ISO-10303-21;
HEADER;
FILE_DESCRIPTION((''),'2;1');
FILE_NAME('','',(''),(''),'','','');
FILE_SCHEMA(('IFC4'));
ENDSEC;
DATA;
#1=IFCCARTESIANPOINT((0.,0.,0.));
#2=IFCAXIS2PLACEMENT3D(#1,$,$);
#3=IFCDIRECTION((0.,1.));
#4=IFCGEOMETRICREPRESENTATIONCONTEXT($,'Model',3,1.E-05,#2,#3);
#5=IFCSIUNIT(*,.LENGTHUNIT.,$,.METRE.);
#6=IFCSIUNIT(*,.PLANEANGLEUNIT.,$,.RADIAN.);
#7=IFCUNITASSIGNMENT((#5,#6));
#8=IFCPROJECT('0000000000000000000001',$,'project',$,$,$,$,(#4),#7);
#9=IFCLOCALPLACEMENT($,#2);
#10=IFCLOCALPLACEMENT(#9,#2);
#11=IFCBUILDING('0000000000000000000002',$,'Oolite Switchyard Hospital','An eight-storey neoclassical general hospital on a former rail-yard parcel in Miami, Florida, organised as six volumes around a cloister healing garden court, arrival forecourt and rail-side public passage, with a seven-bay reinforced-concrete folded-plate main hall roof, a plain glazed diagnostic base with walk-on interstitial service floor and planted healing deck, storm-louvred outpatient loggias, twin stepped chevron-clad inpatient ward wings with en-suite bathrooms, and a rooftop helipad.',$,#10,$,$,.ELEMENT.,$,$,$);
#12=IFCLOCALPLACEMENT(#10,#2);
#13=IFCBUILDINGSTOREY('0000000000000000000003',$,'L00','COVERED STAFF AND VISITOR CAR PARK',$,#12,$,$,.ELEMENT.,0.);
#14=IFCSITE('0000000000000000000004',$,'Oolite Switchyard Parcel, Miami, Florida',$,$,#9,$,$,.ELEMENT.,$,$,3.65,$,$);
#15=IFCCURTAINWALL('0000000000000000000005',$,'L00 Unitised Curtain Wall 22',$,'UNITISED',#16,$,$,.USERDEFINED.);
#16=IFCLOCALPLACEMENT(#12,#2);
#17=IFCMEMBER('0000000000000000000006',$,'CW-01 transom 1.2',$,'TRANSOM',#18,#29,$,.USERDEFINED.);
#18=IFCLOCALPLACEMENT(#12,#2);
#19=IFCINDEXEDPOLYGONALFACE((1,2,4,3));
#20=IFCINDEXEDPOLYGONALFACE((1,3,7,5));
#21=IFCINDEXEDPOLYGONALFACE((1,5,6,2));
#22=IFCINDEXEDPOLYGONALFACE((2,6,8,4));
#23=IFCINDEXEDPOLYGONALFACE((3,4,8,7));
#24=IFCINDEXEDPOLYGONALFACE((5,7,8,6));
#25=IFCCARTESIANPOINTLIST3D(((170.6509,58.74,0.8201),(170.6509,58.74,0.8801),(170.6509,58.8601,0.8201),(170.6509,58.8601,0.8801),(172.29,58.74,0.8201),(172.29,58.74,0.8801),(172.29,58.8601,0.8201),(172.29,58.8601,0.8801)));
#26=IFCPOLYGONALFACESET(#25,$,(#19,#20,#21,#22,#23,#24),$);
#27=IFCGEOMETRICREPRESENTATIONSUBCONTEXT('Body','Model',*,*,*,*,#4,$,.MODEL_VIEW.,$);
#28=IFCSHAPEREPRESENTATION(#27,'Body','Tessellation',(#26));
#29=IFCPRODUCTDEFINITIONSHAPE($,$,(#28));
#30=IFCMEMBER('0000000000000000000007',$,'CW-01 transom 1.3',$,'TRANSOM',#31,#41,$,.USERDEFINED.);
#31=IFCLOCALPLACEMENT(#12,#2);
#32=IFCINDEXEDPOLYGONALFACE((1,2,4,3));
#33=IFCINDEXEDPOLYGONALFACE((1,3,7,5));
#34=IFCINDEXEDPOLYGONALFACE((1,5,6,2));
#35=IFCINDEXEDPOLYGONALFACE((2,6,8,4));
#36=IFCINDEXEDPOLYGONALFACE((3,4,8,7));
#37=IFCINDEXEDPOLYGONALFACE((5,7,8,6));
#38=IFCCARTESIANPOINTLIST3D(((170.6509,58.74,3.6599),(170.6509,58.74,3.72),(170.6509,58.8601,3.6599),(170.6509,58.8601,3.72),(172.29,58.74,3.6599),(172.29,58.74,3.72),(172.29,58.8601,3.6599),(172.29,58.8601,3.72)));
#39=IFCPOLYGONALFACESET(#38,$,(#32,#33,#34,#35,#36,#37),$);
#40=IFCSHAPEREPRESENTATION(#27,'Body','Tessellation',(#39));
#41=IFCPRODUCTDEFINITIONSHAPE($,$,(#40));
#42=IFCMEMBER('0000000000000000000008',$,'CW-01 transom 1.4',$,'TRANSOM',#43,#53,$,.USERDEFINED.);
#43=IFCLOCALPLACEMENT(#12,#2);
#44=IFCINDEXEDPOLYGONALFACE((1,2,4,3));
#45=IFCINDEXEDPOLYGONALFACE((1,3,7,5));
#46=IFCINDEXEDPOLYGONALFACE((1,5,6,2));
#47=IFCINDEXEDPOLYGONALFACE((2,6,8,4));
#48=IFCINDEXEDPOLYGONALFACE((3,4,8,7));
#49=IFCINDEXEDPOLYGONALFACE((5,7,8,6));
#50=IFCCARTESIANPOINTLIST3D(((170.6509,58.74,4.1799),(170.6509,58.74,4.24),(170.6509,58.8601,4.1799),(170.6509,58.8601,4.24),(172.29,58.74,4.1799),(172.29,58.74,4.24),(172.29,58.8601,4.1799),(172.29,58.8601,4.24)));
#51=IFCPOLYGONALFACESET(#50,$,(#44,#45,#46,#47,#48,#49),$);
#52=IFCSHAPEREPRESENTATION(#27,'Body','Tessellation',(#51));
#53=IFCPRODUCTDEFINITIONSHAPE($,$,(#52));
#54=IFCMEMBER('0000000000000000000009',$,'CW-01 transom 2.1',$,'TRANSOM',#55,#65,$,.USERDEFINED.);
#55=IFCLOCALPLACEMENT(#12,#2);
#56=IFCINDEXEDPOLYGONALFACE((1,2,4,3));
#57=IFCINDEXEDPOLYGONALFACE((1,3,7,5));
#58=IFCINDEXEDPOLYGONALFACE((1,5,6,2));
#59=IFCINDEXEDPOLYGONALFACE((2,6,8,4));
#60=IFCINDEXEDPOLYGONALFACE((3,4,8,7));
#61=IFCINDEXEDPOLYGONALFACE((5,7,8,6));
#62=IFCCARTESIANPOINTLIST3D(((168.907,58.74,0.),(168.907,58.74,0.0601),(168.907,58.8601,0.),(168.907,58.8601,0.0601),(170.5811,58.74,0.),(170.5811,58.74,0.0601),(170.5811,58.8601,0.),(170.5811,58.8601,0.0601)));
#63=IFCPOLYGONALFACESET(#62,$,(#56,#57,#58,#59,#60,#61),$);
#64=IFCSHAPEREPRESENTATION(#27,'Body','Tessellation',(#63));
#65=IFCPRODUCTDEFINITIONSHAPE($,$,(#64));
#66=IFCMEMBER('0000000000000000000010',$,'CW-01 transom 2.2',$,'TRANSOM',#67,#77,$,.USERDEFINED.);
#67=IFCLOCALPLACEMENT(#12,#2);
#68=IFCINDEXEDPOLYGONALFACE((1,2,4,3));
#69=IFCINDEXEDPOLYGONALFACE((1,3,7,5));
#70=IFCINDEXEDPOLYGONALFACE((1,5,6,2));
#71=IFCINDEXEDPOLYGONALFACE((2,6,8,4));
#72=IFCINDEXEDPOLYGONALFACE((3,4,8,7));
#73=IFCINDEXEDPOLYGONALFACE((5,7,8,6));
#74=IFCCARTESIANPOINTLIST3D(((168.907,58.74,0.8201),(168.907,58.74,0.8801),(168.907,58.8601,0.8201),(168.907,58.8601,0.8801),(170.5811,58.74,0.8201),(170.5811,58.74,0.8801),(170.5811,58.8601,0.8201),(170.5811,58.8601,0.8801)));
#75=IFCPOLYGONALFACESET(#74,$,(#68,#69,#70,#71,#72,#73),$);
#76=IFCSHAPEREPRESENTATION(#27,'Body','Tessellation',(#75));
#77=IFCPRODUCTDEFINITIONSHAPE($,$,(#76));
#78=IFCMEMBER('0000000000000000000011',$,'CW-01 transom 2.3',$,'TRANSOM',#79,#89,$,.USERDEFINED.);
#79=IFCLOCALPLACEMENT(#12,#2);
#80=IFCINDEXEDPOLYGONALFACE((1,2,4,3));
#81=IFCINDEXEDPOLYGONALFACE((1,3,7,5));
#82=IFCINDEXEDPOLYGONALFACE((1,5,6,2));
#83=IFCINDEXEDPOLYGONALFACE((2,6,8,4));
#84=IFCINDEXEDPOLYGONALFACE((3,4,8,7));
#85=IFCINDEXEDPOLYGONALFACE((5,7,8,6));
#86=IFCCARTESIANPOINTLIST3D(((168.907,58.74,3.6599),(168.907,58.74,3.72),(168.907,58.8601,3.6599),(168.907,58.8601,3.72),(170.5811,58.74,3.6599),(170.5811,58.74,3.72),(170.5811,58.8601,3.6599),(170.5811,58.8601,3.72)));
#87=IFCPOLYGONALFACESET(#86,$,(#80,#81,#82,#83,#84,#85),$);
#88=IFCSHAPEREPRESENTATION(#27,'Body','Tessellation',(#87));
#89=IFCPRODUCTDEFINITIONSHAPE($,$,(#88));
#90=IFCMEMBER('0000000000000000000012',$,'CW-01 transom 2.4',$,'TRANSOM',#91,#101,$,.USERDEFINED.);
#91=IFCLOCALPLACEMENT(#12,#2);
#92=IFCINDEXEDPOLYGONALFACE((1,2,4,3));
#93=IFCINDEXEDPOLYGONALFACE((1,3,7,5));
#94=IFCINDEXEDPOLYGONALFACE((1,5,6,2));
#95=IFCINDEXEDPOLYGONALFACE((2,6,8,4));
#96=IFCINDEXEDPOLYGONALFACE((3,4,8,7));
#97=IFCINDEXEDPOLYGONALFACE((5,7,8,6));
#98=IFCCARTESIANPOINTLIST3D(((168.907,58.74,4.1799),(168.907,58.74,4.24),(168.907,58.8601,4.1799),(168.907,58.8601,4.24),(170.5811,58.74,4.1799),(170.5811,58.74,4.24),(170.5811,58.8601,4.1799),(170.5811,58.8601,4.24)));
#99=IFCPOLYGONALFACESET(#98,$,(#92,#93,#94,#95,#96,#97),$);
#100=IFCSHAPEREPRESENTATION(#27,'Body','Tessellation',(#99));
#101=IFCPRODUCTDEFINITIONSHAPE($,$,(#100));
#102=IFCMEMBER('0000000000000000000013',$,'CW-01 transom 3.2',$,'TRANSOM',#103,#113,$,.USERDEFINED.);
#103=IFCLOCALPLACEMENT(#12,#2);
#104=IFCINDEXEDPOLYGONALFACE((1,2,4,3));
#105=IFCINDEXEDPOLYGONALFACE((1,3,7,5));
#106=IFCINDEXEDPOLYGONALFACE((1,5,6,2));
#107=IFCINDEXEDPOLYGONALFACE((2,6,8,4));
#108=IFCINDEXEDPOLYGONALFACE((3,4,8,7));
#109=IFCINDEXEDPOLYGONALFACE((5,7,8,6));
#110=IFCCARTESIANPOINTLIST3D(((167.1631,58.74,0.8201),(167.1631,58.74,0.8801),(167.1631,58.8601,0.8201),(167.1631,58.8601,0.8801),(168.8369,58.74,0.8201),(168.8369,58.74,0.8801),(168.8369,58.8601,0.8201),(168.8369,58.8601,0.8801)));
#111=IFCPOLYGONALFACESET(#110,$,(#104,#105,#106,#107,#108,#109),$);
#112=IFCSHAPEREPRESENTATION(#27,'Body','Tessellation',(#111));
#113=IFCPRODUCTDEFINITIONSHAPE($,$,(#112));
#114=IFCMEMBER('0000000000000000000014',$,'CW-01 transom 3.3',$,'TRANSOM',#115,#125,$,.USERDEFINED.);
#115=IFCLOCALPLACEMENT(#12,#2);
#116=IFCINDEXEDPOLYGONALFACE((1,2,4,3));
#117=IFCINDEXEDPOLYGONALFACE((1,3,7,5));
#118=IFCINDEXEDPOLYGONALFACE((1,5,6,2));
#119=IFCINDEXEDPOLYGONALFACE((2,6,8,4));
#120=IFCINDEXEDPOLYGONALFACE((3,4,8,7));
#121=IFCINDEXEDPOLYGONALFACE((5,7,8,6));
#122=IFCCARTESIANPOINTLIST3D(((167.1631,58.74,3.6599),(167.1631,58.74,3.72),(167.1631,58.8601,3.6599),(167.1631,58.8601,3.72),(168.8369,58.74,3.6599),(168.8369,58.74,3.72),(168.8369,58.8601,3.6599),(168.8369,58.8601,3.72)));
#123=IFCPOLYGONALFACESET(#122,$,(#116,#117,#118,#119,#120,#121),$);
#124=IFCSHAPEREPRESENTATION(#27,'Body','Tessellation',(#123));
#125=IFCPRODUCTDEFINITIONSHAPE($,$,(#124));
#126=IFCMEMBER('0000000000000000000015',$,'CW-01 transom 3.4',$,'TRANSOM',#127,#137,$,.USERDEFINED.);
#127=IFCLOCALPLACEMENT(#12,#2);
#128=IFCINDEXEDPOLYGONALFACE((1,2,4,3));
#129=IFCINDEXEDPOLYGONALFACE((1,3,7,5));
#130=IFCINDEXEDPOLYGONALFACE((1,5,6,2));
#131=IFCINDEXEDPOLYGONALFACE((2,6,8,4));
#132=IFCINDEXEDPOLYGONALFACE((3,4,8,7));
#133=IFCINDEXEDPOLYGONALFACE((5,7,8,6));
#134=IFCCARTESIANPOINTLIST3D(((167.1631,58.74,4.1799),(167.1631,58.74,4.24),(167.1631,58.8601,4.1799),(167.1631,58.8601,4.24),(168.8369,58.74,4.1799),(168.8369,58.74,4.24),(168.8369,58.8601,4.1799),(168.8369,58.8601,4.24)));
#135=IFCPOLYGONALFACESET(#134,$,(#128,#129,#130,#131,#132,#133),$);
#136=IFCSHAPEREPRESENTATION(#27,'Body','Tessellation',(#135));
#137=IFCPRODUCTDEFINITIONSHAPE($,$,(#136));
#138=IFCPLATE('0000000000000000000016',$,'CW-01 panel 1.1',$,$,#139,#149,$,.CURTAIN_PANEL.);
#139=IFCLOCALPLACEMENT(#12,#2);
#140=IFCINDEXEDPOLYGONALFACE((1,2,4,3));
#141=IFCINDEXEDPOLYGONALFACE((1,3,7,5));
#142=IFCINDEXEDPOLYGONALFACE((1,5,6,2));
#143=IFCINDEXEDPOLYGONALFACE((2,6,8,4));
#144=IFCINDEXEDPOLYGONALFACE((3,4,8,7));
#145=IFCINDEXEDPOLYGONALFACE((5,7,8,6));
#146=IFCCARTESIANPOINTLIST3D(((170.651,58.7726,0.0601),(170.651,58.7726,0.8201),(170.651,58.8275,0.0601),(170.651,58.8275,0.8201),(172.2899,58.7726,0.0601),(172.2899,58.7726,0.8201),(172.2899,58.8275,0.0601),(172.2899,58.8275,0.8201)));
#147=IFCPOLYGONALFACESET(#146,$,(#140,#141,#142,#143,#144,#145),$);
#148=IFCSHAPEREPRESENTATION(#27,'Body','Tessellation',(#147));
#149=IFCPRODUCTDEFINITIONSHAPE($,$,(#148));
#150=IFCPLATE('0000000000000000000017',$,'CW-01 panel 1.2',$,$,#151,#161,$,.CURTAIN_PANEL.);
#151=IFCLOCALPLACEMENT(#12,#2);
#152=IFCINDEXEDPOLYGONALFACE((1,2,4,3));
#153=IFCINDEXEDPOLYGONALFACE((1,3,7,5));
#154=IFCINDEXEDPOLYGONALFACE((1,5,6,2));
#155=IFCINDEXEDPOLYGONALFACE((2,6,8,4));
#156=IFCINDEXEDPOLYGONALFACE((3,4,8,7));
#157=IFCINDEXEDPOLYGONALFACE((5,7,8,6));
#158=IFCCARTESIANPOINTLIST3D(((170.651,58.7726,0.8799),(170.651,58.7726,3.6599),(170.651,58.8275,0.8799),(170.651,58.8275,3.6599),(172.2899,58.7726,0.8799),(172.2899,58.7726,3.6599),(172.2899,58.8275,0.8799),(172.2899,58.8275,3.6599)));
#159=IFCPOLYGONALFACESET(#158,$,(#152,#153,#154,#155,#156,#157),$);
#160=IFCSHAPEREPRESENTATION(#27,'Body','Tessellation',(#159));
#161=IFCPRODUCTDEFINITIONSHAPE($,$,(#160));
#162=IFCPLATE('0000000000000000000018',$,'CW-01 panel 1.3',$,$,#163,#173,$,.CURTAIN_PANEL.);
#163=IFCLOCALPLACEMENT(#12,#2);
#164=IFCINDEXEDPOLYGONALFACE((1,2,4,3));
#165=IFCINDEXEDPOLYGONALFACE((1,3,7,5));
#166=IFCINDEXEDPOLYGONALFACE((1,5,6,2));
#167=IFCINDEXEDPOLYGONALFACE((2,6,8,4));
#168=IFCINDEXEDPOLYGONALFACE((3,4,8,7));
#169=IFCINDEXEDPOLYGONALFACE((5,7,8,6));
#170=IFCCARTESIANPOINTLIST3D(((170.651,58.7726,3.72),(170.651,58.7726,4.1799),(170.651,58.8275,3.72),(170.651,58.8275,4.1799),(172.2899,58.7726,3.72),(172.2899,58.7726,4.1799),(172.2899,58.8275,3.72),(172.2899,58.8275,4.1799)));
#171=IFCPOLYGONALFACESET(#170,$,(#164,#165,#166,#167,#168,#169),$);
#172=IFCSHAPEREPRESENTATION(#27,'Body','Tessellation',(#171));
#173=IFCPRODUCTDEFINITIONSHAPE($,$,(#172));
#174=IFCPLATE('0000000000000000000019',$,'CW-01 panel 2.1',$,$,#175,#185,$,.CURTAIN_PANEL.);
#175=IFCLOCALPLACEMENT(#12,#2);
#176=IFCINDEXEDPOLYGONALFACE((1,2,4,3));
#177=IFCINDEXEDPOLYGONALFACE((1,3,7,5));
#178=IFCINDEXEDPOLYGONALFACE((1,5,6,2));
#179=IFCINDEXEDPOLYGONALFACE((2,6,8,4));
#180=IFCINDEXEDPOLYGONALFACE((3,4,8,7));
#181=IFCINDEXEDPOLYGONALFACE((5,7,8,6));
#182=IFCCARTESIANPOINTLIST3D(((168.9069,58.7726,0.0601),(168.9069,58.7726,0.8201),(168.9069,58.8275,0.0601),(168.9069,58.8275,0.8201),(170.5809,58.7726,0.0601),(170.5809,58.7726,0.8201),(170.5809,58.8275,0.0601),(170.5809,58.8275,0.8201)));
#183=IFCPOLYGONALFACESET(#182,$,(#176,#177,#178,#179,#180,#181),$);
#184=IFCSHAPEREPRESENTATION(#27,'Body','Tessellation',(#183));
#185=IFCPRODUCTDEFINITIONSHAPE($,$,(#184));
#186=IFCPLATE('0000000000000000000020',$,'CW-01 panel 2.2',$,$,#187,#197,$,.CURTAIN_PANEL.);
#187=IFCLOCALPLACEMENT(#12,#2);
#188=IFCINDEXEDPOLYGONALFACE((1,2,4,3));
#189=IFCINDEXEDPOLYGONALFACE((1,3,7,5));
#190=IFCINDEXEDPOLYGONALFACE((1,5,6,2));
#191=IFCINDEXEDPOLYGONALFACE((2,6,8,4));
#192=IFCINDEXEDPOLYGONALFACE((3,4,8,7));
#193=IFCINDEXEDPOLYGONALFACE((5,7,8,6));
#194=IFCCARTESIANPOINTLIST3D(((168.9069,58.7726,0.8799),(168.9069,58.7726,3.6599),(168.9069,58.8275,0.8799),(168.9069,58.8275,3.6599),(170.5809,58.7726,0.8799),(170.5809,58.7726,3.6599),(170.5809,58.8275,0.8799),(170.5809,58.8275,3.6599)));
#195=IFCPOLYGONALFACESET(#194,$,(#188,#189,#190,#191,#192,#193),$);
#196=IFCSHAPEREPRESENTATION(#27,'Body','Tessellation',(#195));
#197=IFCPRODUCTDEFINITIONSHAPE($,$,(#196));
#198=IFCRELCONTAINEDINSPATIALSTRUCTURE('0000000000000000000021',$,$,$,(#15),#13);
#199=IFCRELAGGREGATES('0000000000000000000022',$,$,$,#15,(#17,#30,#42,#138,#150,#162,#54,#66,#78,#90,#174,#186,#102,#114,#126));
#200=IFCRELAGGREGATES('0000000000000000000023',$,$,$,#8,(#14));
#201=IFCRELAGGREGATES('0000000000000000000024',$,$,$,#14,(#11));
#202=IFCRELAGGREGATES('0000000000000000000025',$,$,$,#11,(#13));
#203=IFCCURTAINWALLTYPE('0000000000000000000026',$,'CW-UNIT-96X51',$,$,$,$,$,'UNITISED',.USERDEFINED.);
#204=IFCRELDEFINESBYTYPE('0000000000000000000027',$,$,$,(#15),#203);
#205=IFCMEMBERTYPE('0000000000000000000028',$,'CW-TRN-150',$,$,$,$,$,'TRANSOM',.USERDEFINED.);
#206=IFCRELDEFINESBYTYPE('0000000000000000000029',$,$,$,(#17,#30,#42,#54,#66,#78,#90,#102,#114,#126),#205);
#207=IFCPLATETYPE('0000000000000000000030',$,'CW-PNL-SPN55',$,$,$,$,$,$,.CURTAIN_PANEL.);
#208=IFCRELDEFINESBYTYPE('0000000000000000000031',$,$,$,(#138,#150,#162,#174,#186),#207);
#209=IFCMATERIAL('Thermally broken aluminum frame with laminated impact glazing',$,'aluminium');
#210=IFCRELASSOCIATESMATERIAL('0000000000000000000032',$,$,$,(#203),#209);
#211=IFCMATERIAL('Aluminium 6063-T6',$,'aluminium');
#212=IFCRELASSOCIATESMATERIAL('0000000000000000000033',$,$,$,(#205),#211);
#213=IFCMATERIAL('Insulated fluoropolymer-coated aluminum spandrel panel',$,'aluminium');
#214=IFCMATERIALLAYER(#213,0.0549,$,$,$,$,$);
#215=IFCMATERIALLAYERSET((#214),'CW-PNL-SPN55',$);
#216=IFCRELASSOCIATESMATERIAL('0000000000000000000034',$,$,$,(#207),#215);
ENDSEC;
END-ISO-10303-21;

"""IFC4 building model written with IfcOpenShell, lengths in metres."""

from ifc_helpers import new_model, si_unit, direction, frame, origin, origin_2d, place, context, subcontext, project, spatial, rectangle, extrude, material, layer, layer_set, material_profile, profile_set, type_object, element, aggregate, save


model = new_model("IFC4")

# Units and contexts
model_context = context("Model", 3, precision=1e-05, world=origin(), true_north=direction((0.0, 1.0)))
body_context = subcontext(model_context, "Body", "Model", "MODEL_VIEW")
ifc_project = project(units=[si_unit("LENGTHUNIT", "METRE"), si_unit("PLANEANGLEUNIT", "RADIAN")], contexts=[model_context])

# Site, building, storey
site_placement = place(None, origin())
site = spatial("IfcSite", under=ifc_project, at=site_placement, Name="Oolite Switchyard Parcel, Miami, Florida", CompositionType="ELEMENT", RefElevation=3.65)
building_placement = place(site_placement, origin())
building = spatial("IfcBuilding", under=site, at=building_placement, Name="Oolite Switchyard Hospital", Description="An eight-storey neoclassical general hospital on a former rail-yard parcel in Miami, Florida, organised as six volumes around a cloister healing garden court, arrival forecourt and rail-side public passage, with a seven-bay reinforced-concrete folded-plate main hall roof, a plain glazed diagnostic base with walk-on interstitial service floor and planted healing deck, storm-louvred outpatient loggias, twin stepped chevron-clad inpatient ward wings with en-suite bathrooms, and a rooftop helipad.", CompositionType="ELEMENT")
storey_placement = place(building_placement, origin())
storey = spatial("IfcBuildingStorey", under=building, at=storey_placement, Name="L00", Description="COVERED STAFF AND VISITOR CAR PARK", CompositionType="ELEMENT", Elevation=0.0)

# Curtain wall, members, plates
ifc_material_1 = material(Name="Thermally broken aluminum frame with laminated impact glazing", Category="aluminium")
curtain_wall_type = type_object("IfcCurtainWallType", Name="CW-UNIT-96X51", ElementType="UNITISED", PredefinedType="USERDEFINED", material=ifc_material_1)
curtain_wall_placement = place(storey_placement, origin())
curtain_wall = element("IfcCurtainWall", 1, at=curtain_wall_placement, inside=storey, type_object=curtain_wall_type, Name="L00 Unitised Curtain Wall 22", ObjectType="UNITISED", PredefinedType="USERDEFINED")
ifc_material_2 = material(Name="Aluminium 6063-T6", Category="aluminium")
ifc_material_profile_1 = material_profile(ifc_material_2, rectangle(XDim=0.1201, YDim=0.0601, at=origin_2d()), Name="CWT60X120")
ifc_profile_set_1 = profile_set([ifc_material_profile_1], Name="Aluminium 6063-T6")
member_type_1 = type_object("IfcMemberType", Name="CW-TRN-150", ElementType="TRANSOM", PredefinedType="USERDEFINED", material=ifc_profile_set_1)
member_1_placement = place(storey_placement, frame((172.29, 58.8, 0.8501), z_axis=(-1.0, 0.0, 0.0), x_axis=(0.0, -1.0, 0.0)))
member_1 = element("IfcMember", 2, at=member_1_placement, type_object=member_type_1, Name="CW-01 transom 1.2", ObjectType="TRANSOM", PredefinedType="USERDEFINED", context=body_context, shape_type="SweptSolid", body=[
    extrude(rectangle(XDim=0.1201, YDim=0.0601, at=origin_2d()), origin(), (0.0, 0.0, 1.0), 1.6392),
])
member_2_placement = place(storey_placement, frame((172.29, 58.8, 3.6899), z_axis=(-1.0, 0.0, 0.0), x_axis=(0.0, -1.0, 0.0)))
member_2 = element("IfcMember", 3, at=member_2_placement, type_object=member_type_1, Name="CW-01 transom 1.3", ObjectType="TRANSOM", PredefinedType="USERDEFINED", context=body_context, shape_type="SweptSolid", body=[
    extrude(rectangle(XDim=0.1201, YDim=0.0601, at=origin_2d()), origin(), (0.0, 0.0, 1.0), 1.6392),
])
member_3_placement = place(storey_placement, frame((172.29, 58.8, 4.21), z_axis=(-1.0, 0.0, 0.0), x_axis=(0.0, -1.0, 0.0)))
member_3 = element("IfcMember", 4, at=member_3_placement, type_object=member_type_1, Name="CW-01 transom 1.4", ObjectType="TRANSOM", PredefinedType="USERDEFINED", context=body_context, shape_type="SweptSolid", body=[
    extrude(rectangle(XDim=0.1201, YDim=0.0601, at=origin_2d()), origin(), (0.0, 0.0, 1.0), 1.6392),
])
member_4_placement = place(storey_placement, frame((170.5811, 58.8, 0.03), z_axis=(-1.0, 0.0, 0.0), x_axis=(0.0, -1.0, 0.0)))
member_4 = element("IfcMember", 5, at=member_4_placement, type_object=member_type_1, Name="CW-01 transom 2.1", ObjectType="TRANSOM", PredefinedType="USERDEFINED", context=body_context, shape_type="SweptSolid", body=[
    extrude(rectangle(XDim=0.1201, YDim=0.0601, at=origin_2d()), origin(), (0.0, 0.0, 1.0), 1.6741),
])
member_5_placement = place(storey_placement, frame((170.5811, 58.8, 0.8501), z_axis=(-1.0, 0.0, 0.0), x_axis=(0.0, -1.0, 0.0)))
member_5 = element("IfcMember", 6, at=member_5_placement, type_object=member_type_1, Name="CW-01 transom 2.2", ObjectType="TRANSOM", PredefinedType="USERDEFINED", context=body_context, shape_type="SweptSolid", body=[
    extrude(rectangle(XDim=0.1201, YDim=0.0601, at=origin_2d()), origin(), (0.0, 0.0, 1.0), 1.6741),
])
member_6_placement = place(storey_placement, frame((170.5811, 58.8, 3.6899), z_axis=(-1.0, 0.0, 0.0), x_axis=(0.0, -1.0, 0.0)))
member_6 = element("IfcMember", 7, at=member_6_placement, type_object=member_type_1, Name="CW-01 transom 2.3", ObjectType="TRANSOM", PredefinedType="USERDEFINED", context=body_context, shape_type="SweptSolid", body=[
    extrude(rectangle(XDim=0.1201, YDim=0.0601, at=origin_2d()), origin(), (0.0, 0.0, 1.0), 1.6741),
])
member_7_placement = place(storey_placement, frame((170.5811, 58.8, 4.21), z_axis=(-1.0, 0.0, 0.0), x_axis=(0.0, -1.0, 0.0)))
member_7 = element("IfcMember", 8, at=member_7_placement, type_object=member_type_1, Name="CW-01 transom 2.4", ObjectType="TRANSOM", PredefinedType="USERDEFINED", context=body_context, shape_type="SweptSolid", body=[
    extrude(rectangle(XDim=0.1201, YDim=0.0601, at=origin_2d()), origin(), (0.0, 0.0, 1.0), 1.6741),
])
member_8_placement = place(storey_placement, frame((168.8369, 58.8, 0.8501), z_axis=(-1.0, 0.0, 0.0), x_axis=(0.0, -1.0, 0.0)))
member_8 = element("IfcMember", 9, at=member_8_placement, type_object=member_type_1, Name="CW-01 transom 3.2", ObjectType="TRANSOM", PredefinedType="USERDEFINED", context=body_context, shape_type="SweptSolid", body=[
    extrude(rectangle(XDim=0.1201, YDim=0.0601, at=origin_2d()), origin(), (0.0, 0.0, 1.0), 1.6738),
])
member_9_placement = place(storey_placement, frame((168.8369, 58.8, 3.6899), z_axis=(-1.0, 0.0, 0.0), x_axis=(0.0, -1.0, 0.0)))
member_9 = element("IfcMember", 10, at=member_9_placement, type_object=member_type_1, Name="CW-01 transom 3.3", ObjectType="TRANSOM", PredefinedType="USERDEFINED", context=body_context, shape_type="SweptSolid", body=[
    extrude(rectangle(XDim=0.1201, YDim=0.0601, at=origin_2d()), origin(), (0.0, 0.0, 1.0), 1.6738),
])
member_10_placement = place(storey_placement, frame((168.8369, 58.8, 4.21), z_axis=(-1.0, 0.0, 0.0), x_axis=(0.0, -1.0, 0.0)))
member_10 = element("IfcMember", 11, at=member_10_placement, type_object=member_type_1, Name="CW-01 transom 3.4", ObjectType="TRANSOM", PredefinedType="USERDEFINED", context=body_context, shape_type="SweptSolid", body=[
    extrude(rectangle(XDim=0.1201, YDim=0.0601, at=origin_2d()), origin(), (0.0, 0.0, 1.0), 1.6738),
])
ifc_material_3 = material(Name="Insulated fluoropolymer-coated aluminum spandrel panel", Category="aluminium")
ifc_layer = layer(ifc_material_3, 0.0549)
ifc_layer_set = layer_set([ifc_layer], Name="CW-PNL-SPN55")
plate_type = type_object("IfcPlateType", Name="CW-PNL-SPN55", PredefinedType="CURTAIN_PANEL", material=ifc_layer_set)
plate_1_placement = place(storey_placement, frame((171.4705, 58.8, 0.0601), z_axis=(0.0, 0.0, 1.0), x_axis=(-1.0, 0.0, 0.0)))
plate_1 = element("IfcPlate", 12, at=plate_1_placement, type_object=plate_type, Name="CW-01 panel 1.1", PredefinedType="CURTAIN_PANEL", context=body_context, shape_type="SweptSolid", body=[
    extrude(rectangle(XDim=1.6389, YDim=0.0549, at=origin_2d()), origin(), (0.0, 0.0, 1.0), 0.76),
])
plate_2_placement = place(storey_placement, frame((171.4705, 58.8, 0.8799), z_axis=(0.0, 0.0, 1.0), x_axis=(-1.0, 0.0, 0.0)))
plate_2 = element("IfcPlate", 13, at=plate_2_placement, type_object=plate_type, Name="CW-01 panel 1.2", PredefinedType="CURTAIN_PANEL", context=body_context, shape_type="SweptSolid", body=[
    extrude(rectangle(XDim=1.6389, YDim=0.0549, at=origin_2d()), origin(), (0.0, 0.0, 1.0), 2.78),
])
plate_3_placement = place(storey_placement, frame((171.4705, 58.8, 3.72), z_axis=(0.0, 0.0, 1.0), x_axis=(-1.0, 0.0, 0.0)))
plate_3 = element("IfcPlate", 14, at=plate_3_placement, type_object=plate_type, Name="CW-01 panel 1.3", PredefinedType="CURTAIN_PANEL", context=body_context, shape_type="SweptSolid", body=[
    extrude(rectangle(XDim=1.6389, YDim=0.0549, at=origin_2d()), origin(), (0.0, 0.0, 1.0), 0.46),
])
plate_4_placement = place(storey_placement, frame((169.7439, 58.8, 0.0601), z_axis=(0.0, 0.0, 1.0), x_axis=(-1.0, 0.0, 0.0)))
plate_4 = element("IfcPlate", 15, at=plate_4_placement, type_object=plate_type, Name="CW-01 panel 2.1", PredefinedType="CURTAIN_PANEL", context=body_context, shape_type="SweptSolid", body=[
    extrude(rectangle(XDim=1.6741, YDim=0.0549, at=origin_2d()), origin(), (0.0, 0.0, 1.0), 0.76),
])
plate_5_placement = place(storey_placement, frame((169.7439, 58.8, 0.8799), z_axis=(0.0, 0.0, 1.0), x_axis=(-1.0, 0.0, 0.0)))
plate_5 = element("IfcPlate", 16, at=plate_5_placement, type_object=plate_type, Name="CW-01 panel 2.2", PredefinedType="CURTAIN_PANEL", context=body_context, shape_type="SweptSolid", body=[
    extrude(rectangle(XDim=1.6741, YDim=0.0549, at=origin_2d()), origin(), (0.0, 0.0, 1.0), 2.78),
])
aggregate(curtain_wall, [member_1, member_2, member_3, plate_1, plate_2, plate_3, member_4, member_5, member_6, member_7, plate_4, plate_5, member_8, member_9, member_10])

save(model, "model.ifc")
